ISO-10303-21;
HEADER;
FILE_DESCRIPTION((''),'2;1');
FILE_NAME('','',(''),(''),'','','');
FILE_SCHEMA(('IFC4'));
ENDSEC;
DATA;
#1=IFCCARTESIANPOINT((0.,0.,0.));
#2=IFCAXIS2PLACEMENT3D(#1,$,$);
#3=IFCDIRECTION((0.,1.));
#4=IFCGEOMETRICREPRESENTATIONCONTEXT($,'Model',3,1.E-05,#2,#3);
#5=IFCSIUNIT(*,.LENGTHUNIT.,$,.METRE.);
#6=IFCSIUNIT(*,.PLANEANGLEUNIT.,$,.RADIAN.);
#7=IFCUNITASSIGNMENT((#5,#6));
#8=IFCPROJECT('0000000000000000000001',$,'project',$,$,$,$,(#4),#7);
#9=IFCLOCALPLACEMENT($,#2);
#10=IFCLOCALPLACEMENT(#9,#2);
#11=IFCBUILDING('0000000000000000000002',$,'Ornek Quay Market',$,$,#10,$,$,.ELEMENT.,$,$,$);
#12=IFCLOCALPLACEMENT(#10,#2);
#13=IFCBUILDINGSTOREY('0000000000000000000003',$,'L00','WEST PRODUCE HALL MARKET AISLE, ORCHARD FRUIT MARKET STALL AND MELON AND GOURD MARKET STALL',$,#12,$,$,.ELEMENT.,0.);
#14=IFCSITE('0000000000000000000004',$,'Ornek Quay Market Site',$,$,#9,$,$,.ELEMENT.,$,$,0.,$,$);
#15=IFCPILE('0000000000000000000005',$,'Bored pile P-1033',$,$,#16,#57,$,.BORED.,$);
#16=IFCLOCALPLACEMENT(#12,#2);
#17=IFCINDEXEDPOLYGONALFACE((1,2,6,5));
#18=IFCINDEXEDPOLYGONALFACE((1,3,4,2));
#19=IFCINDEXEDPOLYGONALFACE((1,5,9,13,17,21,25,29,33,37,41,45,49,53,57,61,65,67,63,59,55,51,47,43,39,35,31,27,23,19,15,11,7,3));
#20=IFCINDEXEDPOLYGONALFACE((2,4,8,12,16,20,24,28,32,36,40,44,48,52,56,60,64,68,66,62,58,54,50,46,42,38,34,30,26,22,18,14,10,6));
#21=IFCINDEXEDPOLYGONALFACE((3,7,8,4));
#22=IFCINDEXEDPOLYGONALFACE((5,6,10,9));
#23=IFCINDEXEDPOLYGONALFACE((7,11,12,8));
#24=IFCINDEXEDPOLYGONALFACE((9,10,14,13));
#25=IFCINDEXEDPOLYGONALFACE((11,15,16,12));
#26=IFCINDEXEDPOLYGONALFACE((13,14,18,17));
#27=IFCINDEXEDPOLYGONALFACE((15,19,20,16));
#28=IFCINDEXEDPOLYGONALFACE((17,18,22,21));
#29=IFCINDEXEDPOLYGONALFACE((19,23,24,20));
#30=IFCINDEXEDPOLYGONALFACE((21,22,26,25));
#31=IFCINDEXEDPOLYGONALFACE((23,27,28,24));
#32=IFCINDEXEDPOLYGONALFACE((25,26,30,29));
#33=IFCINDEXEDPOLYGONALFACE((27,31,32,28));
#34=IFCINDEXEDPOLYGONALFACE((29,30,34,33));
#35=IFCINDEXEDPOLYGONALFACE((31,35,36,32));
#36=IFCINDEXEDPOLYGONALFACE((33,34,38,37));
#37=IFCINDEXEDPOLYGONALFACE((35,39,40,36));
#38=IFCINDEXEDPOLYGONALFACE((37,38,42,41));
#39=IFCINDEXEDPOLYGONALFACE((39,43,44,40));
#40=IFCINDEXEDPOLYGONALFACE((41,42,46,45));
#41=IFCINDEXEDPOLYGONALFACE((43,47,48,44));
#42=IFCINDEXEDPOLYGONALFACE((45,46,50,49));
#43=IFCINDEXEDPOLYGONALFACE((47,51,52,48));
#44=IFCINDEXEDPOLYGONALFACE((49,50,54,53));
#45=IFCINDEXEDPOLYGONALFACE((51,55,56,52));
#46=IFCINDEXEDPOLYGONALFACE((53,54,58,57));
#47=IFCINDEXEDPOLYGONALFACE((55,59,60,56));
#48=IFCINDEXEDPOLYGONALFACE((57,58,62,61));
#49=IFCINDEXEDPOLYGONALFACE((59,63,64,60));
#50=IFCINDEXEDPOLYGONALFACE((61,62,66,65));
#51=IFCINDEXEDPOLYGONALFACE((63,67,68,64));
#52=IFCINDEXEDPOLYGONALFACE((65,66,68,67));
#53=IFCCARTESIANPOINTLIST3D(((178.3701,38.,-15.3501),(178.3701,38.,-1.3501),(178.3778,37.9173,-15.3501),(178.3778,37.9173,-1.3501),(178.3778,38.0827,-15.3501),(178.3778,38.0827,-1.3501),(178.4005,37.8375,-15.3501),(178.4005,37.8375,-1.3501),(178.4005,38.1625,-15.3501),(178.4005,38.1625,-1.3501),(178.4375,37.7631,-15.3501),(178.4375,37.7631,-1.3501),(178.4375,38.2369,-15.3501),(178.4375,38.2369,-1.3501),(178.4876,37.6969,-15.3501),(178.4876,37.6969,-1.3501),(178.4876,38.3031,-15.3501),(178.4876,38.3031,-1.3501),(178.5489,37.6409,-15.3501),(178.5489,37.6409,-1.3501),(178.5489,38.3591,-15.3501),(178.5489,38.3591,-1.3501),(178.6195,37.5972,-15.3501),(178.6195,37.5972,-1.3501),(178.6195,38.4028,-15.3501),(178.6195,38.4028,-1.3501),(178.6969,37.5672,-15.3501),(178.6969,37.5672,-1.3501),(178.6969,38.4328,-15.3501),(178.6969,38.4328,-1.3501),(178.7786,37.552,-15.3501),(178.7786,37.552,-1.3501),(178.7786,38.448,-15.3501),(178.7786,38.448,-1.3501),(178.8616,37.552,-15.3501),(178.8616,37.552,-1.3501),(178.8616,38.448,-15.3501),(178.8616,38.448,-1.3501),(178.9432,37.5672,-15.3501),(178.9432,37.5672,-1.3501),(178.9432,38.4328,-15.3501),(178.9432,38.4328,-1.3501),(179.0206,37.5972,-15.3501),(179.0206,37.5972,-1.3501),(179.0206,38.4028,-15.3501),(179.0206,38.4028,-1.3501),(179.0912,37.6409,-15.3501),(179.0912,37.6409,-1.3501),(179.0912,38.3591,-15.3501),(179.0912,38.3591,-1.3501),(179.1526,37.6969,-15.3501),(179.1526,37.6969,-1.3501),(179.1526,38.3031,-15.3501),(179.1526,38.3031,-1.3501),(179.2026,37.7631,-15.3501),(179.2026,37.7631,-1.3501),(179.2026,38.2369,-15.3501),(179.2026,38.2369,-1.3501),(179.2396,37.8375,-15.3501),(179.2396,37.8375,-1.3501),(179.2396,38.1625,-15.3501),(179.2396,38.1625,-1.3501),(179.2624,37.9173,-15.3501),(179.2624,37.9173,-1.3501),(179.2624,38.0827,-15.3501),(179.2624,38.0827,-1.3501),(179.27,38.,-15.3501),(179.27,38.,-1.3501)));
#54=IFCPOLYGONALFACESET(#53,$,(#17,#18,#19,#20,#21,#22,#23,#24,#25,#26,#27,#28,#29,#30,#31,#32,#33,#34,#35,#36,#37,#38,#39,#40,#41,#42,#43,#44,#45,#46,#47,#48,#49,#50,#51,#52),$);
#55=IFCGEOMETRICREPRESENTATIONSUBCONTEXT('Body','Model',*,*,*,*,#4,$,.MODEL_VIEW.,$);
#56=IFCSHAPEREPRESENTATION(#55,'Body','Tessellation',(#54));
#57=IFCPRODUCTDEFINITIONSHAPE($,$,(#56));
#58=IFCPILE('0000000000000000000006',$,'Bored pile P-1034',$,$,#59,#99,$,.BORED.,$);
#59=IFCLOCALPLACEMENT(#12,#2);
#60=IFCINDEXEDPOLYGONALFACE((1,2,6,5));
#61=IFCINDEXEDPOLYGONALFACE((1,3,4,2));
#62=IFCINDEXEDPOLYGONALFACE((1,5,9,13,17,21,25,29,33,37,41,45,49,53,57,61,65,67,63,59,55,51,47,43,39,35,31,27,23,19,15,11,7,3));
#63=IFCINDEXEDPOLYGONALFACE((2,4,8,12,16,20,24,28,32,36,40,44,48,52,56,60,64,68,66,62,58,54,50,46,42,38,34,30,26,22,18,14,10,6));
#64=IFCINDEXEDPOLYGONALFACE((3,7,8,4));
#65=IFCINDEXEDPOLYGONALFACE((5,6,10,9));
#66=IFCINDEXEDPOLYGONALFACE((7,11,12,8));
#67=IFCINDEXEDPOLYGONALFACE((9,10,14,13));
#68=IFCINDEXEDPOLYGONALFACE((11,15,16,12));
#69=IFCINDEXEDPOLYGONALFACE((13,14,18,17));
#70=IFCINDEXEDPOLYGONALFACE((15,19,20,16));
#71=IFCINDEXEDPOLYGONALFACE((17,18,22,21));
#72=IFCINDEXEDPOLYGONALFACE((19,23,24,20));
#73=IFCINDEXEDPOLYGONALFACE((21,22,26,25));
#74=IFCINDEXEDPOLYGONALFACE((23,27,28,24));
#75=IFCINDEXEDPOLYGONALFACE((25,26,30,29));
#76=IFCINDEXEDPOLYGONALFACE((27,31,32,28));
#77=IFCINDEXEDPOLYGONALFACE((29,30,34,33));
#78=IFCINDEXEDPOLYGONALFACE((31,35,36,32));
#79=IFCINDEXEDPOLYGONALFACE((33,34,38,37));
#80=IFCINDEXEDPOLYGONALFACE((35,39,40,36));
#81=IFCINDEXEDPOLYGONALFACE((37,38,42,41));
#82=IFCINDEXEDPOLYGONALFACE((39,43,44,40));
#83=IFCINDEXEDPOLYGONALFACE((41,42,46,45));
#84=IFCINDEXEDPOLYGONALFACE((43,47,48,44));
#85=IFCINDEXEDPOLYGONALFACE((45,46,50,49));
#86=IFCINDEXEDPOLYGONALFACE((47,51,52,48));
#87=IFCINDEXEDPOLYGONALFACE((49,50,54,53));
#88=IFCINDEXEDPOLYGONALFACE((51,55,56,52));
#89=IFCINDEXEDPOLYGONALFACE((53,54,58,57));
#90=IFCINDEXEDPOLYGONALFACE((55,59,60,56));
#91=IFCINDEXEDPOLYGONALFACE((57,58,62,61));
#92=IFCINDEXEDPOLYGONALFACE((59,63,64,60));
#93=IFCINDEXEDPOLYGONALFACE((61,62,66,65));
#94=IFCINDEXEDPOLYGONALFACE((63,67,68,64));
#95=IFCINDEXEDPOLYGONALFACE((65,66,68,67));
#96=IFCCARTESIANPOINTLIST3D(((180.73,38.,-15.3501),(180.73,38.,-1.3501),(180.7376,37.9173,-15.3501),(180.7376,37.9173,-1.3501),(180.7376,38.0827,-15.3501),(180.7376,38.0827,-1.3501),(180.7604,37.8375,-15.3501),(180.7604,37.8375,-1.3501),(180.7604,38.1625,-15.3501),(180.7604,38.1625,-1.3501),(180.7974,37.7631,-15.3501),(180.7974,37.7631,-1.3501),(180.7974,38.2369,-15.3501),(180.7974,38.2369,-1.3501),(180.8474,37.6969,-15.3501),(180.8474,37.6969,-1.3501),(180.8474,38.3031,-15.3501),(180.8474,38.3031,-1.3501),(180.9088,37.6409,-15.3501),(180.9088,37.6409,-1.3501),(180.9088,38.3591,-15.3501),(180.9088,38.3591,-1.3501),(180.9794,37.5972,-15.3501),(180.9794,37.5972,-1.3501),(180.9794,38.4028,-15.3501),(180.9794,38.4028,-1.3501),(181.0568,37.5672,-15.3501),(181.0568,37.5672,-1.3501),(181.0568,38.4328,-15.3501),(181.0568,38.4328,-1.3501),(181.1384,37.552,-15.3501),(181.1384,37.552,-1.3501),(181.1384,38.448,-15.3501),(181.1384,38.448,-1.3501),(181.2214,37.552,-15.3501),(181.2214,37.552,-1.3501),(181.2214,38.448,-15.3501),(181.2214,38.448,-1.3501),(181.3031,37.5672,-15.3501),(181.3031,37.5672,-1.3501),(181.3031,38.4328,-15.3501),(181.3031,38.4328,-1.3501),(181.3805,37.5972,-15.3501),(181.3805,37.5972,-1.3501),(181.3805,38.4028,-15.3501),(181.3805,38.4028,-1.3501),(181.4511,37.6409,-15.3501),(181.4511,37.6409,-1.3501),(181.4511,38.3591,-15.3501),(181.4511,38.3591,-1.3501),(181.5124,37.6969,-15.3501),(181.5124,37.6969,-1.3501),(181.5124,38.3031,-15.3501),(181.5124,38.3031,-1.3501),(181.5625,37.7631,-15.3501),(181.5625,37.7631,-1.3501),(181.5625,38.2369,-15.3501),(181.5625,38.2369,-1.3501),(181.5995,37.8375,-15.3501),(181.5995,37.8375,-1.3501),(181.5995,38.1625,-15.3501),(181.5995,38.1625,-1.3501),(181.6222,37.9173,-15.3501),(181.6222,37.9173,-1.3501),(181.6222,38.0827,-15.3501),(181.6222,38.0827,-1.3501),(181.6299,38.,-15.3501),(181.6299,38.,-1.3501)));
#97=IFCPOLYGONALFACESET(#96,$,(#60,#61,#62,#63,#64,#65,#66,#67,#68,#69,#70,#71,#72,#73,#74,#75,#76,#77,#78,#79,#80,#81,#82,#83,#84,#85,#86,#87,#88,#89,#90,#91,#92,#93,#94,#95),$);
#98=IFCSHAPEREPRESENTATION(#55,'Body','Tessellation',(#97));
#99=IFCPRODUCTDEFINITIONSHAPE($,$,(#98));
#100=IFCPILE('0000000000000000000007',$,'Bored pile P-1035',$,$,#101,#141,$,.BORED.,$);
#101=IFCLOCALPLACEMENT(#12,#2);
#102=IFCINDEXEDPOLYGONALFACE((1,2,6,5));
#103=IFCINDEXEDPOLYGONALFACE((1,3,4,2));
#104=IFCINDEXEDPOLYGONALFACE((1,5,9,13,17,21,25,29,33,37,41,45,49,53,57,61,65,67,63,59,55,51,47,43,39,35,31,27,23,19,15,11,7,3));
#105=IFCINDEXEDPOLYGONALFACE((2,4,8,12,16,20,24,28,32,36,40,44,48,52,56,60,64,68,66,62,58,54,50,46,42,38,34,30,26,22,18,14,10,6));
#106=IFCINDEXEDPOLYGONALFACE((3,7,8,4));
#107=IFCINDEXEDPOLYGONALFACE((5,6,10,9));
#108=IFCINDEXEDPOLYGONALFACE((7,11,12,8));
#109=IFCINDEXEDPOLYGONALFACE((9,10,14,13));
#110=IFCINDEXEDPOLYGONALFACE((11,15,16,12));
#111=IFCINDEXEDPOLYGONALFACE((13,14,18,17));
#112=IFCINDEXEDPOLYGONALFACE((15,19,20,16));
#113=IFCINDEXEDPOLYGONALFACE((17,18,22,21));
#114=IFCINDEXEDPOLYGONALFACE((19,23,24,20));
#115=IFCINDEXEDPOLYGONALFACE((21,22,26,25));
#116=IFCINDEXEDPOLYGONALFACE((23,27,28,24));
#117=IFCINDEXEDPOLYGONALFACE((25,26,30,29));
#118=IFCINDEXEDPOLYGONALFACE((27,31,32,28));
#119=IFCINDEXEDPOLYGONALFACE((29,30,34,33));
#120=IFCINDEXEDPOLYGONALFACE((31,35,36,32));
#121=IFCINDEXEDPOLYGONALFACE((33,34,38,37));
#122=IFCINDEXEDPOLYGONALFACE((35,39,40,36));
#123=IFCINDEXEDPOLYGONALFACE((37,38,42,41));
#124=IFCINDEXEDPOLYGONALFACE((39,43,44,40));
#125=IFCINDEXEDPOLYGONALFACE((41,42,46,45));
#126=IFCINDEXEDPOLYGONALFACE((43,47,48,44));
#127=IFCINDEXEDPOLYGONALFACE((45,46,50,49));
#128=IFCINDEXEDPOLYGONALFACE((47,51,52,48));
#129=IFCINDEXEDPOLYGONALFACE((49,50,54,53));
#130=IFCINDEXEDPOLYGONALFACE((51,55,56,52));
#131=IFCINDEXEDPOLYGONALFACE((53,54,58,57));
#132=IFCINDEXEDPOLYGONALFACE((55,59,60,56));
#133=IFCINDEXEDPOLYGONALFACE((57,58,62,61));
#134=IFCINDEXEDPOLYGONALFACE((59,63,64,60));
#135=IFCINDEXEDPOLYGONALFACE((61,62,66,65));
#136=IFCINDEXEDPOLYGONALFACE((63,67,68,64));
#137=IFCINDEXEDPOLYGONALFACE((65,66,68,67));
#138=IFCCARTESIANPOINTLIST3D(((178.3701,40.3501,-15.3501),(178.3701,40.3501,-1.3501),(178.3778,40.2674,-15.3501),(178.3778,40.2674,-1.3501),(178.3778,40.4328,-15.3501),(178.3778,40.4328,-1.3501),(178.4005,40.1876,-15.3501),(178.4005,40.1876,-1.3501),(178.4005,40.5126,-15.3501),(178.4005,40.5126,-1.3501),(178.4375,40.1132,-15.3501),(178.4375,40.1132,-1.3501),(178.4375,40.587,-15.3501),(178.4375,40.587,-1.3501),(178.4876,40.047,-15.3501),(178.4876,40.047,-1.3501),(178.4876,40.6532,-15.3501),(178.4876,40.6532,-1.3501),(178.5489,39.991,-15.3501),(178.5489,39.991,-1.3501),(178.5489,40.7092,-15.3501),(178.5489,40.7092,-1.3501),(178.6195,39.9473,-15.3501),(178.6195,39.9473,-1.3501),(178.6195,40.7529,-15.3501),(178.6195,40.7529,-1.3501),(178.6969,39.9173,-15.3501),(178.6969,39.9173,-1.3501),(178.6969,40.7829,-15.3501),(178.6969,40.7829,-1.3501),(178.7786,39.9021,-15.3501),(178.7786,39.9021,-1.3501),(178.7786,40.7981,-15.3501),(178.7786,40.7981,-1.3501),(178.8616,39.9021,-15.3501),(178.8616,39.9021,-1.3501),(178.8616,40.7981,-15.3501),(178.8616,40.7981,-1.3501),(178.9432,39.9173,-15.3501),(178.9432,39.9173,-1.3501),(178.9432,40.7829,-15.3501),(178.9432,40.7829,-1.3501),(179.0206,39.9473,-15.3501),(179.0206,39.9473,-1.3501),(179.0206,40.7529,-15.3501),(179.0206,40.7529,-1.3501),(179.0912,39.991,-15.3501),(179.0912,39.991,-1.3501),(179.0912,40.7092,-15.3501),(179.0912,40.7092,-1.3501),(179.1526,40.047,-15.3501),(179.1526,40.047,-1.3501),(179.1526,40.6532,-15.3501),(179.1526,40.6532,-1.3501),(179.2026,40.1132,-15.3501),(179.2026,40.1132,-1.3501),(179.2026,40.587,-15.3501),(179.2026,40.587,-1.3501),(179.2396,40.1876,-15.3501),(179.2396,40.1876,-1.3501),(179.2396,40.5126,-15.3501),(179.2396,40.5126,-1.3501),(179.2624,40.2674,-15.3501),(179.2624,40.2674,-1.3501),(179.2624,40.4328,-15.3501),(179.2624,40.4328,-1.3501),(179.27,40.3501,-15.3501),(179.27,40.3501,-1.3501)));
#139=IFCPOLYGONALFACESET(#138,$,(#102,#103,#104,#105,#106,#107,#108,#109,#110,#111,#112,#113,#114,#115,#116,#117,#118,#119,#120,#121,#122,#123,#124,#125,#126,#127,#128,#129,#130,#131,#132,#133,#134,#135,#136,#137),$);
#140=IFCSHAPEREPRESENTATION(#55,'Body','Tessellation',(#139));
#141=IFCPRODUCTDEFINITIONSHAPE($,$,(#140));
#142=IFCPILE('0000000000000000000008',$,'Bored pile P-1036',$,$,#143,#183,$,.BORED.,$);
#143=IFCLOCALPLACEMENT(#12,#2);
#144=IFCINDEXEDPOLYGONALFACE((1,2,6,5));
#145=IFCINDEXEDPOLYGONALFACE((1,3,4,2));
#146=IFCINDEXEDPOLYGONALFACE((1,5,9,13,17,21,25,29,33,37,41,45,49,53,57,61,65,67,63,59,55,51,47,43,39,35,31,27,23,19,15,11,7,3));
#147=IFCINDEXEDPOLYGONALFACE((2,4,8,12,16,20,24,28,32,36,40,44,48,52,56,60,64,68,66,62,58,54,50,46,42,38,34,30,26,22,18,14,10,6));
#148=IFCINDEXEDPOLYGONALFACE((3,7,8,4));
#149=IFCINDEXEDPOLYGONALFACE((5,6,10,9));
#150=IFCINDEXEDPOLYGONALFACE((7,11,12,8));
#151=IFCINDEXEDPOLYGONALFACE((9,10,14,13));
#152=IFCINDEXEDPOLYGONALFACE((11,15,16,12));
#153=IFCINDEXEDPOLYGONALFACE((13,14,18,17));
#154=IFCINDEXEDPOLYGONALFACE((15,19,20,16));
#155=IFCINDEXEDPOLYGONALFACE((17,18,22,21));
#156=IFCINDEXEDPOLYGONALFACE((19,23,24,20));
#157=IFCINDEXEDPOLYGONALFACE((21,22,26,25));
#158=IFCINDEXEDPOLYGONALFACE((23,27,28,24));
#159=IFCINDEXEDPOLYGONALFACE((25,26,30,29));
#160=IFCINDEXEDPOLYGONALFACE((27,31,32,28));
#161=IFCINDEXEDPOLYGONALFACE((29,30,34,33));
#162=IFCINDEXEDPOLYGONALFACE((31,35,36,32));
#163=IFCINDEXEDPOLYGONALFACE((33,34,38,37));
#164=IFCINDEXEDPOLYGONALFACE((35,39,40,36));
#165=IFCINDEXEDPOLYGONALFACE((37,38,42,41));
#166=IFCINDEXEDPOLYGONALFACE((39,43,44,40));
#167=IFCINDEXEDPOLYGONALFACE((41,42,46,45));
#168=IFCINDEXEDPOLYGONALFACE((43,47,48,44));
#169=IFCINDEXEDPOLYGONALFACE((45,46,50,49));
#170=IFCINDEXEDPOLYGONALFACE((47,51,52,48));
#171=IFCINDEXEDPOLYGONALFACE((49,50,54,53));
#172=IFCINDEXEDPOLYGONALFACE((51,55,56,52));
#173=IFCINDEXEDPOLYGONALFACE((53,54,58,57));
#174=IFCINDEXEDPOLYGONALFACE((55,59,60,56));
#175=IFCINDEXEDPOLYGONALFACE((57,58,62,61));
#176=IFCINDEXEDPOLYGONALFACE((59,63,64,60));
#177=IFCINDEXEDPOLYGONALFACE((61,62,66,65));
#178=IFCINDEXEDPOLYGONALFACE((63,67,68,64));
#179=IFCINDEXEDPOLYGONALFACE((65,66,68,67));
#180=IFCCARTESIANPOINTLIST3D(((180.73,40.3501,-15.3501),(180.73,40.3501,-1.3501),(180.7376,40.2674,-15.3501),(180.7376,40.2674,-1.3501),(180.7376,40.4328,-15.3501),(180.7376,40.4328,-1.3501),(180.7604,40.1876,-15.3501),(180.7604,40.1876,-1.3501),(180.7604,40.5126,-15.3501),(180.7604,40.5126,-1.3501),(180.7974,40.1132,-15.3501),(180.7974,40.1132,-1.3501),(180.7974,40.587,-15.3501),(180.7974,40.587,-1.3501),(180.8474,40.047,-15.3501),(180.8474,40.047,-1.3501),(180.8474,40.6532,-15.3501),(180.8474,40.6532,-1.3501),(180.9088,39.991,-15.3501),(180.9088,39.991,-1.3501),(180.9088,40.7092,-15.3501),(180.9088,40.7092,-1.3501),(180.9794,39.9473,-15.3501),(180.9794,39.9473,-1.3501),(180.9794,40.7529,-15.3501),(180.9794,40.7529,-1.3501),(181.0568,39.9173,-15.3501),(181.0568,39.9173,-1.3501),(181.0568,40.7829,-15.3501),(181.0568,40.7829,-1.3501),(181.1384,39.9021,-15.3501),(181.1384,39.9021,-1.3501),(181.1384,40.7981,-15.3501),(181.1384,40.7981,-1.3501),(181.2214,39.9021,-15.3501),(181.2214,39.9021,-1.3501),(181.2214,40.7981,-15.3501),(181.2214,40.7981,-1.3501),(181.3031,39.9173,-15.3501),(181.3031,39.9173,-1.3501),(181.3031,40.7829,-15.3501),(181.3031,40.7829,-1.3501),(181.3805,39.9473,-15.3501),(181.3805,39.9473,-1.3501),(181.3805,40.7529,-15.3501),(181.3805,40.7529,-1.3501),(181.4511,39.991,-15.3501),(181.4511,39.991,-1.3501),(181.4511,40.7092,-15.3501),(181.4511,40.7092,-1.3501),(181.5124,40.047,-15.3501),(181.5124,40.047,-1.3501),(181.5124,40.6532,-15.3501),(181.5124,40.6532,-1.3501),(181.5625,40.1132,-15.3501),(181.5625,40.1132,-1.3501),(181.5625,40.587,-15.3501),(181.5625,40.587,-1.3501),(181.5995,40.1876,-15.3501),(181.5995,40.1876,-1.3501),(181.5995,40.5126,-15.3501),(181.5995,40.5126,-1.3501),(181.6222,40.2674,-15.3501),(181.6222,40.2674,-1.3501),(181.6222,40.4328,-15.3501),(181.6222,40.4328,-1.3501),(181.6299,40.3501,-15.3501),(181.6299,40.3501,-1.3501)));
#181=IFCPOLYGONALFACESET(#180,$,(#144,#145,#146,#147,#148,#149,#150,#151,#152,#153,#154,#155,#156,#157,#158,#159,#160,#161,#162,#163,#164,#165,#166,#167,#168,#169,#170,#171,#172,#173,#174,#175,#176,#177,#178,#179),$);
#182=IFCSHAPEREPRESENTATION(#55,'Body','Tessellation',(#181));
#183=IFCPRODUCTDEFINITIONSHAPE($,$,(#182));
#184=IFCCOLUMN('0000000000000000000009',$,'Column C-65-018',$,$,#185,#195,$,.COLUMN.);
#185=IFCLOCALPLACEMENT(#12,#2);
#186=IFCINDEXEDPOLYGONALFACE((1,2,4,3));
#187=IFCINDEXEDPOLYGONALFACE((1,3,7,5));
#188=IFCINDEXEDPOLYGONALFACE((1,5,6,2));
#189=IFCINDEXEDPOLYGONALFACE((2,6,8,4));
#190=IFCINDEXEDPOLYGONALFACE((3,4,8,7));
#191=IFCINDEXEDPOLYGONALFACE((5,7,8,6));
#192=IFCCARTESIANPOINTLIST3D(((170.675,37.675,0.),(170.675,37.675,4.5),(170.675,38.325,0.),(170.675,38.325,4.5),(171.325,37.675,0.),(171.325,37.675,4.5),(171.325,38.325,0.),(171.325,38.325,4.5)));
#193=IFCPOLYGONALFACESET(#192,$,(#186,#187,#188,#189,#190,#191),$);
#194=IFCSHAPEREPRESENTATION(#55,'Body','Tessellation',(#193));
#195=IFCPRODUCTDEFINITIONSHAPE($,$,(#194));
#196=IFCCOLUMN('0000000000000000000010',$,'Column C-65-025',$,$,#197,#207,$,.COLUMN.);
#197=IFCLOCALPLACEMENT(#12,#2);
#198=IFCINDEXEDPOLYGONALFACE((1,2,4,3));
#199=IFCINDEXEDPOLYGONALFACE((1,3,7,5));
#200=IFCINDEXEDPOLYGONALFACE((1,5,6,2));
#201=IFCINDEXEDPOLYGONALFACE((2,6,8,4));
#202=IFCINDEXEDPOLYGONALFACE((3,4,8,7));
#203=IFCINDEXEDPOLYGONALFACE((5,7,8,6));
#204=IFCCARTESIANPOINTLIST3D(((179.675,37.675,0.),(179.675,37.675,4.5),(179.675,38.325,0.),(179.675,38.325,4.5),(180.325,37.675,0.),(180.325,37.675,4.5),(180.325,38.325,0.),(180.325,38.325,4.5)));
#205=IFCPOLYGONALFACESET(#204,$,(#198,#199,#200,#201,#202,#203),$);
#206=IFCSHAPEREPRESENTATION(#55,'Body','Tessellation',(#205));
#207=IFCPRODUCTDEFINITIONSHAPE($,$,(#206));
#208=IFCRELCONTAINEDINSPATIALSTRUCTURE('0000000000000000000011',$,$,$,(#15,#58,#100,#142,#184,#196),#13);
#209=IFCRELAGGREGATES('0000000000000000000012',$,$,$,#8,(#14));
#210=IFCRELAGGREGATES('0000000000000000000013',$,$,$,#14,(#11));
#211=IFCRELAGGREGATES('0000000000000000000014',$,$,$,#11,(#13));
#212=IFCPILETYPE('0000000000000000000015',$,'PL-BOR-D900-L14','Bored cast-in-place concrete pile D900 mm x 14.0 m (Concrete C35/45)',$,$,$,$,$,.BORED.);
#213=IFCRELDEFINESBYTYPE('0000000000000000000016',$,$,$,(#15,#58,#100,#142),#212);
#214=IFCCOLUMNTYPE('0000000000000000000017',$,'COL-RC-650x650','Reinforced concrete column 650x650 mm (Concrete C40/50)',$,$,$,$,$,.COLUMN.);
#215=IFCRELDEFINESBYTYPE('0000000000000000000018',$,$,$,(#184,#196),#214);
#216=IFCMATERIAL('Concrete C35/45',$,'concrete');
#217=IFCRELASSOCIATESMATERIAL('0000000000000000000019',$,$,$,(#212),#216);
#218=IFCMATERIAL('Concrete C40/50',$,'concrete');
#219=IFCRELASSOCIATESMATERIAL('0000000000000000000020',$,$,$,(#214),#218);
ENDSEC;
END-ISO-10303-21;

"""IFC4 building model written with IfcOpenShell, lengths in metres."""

from ifc_helpers import new_model, si_unit, direction, frame, origin, origin_2d, place, context, subcontext, project, spatial, rectangle, circle, extrude, material, material_profile, profile_set, type_object, element, save


model = new_model("IFC4")

# Units and contexts
model_context = context("Model", 3, precision=1e-05, world=origin(), true_north=direction((0.0, 1.0)))
body_context = subcontext(model_context, "Body", "Model", "MODEL_VIEW")
ifc_project = project(units=[si_unit("LENGTHUNIT", "METRE"), si_unit("PLANEANGLEUNIT", "RADIAN")], contexts=[model_context])

# Site, building, storey
site_placement = place(None, origin())
site = spatial("IfcSite", under=ifc_project, at=site_placement, Name="Ornek Quay Market Site", CompositionType="ELEMENT", RefElevation=0.0)
building_placement = place(site_placement, origin())
building = spatial("IfcBuilding", under=site, at=building_placement, Name="Ornek Quay Market", CompositionType="ELEMENT")
storey_placement = place(building_placement, origin())
storey = spatial("IfcBuildingStorey", under=building, at=storey_placement, Name="L00", Description="WEST PRODUCE HALL MARKET AISLE, ORCHARD FRUIT MARKET STALL AND MELON AND GOURD MARKET STALL", CompositionType="ELEMENT", Elevation=0.0)

# Piles
ifc_material_1 = material(Name="Concrete C35/45", Category="concrete")
ifc_material_profile_1 = material_profile(ifc_material_1, circle(Radius=0.45, at=origin_2d()), Name="PILE D900", Category="concrete")
ifc_profile_set_1 = profile_set([ifc_material_profile_1], Name="Concrete C35/45")
pile_type = type_object("IfcPileType", Name="PL-BOR-D900-L14", Description="Bored cast-in-place concrete pile D900 mm x 14.0 m (Concrete C35/45)", PredefinedType="BORED", material=ifc_profile_set_1)
for number, where, z_axis, x_axis, name in (
    (1, (178.8201, 38.0, -1.3501), (0.0, 0.0, -1.0), (1.0, 0.0, 0.0), "Bored pile P-1033"),
    (2, (181.1799, 38.0, -1.3501), (0.0, 0.0, -1.0), (1.0, 0.0, 0.0), "Bored pile P-1034"),
    (3, (178.8201, 40.3501, -1.3501), (0.0, 0.0, -1.0), (1.0, 0.0, 0.0), "Bored pile P-1035"),
    (4, (181.1799, 40.3501, -1.3501), (0.0, 0.0, -1.0), (1.0, 0.0, 0.0), "Bored pile P-1036"),
):
    element("IfcPile", number, at=place(storey_placement, frame(where, z_axis=z_axis, x_axis=x_axis)), inside=storey, type_object=pile_type, Name=name, PredefinedType="BORED", context=body_context, shape_type="SweptSolid", body=[
        extrude(circle(Radius=0.45, at=origin_2d()), origin(), (0.0, 0.0, 1.0), 14.0),
    ])

# Columns
ifc_material_2 = material(Name="Concrete C40/50", Category="concrete")
ifc_material_profile_2 = material_profile(ifc_material_2, rectangle(XDim=0.6499, YDim=0.6499, at=origin_2d()), Name="RC 650x650", Category="concrete")
ifc_profile_set_2 = profile_set([ifc_material_profile_2], Name="Concrete C40/50")
column_type = type_object("IfcColumnType", Name="COL-RC-650x650", Description="Reinforced concrete column 650x650 mm (Concrete C40/50)", PredefinedType="COLUMN", material=ifc_profile_set_2)
for number, where, z_axis, x_axis, name in (
    (5, (171.0, 38.0, 0.0), (0.0, 0.0, 1.0), (1.0, 0.0, 0.0), "Column C-65-018"),
    (6, (180.0, 38.0, 0.0), (0.0, 0.0, 1.0), (1.0, 0.0, 0.0), "Column C-65-025"),
):
    element("IfcColumn", number, at=place(storey_placement, frame(where, z_axis=z_axis, x_axis=x_axis)), inside=storey, type_object=column_type, Name=name, PredefinedType="COLUMN", context=body_context, shape_type="SweptSolid", body=[
        extrude(rectangle(XDim=0.6499, YDim=0.6499, at=origin_2d()), origin(), (0.0, 0.0, 1.0), 4.5),
    ])

save(model, "model.ifc")
